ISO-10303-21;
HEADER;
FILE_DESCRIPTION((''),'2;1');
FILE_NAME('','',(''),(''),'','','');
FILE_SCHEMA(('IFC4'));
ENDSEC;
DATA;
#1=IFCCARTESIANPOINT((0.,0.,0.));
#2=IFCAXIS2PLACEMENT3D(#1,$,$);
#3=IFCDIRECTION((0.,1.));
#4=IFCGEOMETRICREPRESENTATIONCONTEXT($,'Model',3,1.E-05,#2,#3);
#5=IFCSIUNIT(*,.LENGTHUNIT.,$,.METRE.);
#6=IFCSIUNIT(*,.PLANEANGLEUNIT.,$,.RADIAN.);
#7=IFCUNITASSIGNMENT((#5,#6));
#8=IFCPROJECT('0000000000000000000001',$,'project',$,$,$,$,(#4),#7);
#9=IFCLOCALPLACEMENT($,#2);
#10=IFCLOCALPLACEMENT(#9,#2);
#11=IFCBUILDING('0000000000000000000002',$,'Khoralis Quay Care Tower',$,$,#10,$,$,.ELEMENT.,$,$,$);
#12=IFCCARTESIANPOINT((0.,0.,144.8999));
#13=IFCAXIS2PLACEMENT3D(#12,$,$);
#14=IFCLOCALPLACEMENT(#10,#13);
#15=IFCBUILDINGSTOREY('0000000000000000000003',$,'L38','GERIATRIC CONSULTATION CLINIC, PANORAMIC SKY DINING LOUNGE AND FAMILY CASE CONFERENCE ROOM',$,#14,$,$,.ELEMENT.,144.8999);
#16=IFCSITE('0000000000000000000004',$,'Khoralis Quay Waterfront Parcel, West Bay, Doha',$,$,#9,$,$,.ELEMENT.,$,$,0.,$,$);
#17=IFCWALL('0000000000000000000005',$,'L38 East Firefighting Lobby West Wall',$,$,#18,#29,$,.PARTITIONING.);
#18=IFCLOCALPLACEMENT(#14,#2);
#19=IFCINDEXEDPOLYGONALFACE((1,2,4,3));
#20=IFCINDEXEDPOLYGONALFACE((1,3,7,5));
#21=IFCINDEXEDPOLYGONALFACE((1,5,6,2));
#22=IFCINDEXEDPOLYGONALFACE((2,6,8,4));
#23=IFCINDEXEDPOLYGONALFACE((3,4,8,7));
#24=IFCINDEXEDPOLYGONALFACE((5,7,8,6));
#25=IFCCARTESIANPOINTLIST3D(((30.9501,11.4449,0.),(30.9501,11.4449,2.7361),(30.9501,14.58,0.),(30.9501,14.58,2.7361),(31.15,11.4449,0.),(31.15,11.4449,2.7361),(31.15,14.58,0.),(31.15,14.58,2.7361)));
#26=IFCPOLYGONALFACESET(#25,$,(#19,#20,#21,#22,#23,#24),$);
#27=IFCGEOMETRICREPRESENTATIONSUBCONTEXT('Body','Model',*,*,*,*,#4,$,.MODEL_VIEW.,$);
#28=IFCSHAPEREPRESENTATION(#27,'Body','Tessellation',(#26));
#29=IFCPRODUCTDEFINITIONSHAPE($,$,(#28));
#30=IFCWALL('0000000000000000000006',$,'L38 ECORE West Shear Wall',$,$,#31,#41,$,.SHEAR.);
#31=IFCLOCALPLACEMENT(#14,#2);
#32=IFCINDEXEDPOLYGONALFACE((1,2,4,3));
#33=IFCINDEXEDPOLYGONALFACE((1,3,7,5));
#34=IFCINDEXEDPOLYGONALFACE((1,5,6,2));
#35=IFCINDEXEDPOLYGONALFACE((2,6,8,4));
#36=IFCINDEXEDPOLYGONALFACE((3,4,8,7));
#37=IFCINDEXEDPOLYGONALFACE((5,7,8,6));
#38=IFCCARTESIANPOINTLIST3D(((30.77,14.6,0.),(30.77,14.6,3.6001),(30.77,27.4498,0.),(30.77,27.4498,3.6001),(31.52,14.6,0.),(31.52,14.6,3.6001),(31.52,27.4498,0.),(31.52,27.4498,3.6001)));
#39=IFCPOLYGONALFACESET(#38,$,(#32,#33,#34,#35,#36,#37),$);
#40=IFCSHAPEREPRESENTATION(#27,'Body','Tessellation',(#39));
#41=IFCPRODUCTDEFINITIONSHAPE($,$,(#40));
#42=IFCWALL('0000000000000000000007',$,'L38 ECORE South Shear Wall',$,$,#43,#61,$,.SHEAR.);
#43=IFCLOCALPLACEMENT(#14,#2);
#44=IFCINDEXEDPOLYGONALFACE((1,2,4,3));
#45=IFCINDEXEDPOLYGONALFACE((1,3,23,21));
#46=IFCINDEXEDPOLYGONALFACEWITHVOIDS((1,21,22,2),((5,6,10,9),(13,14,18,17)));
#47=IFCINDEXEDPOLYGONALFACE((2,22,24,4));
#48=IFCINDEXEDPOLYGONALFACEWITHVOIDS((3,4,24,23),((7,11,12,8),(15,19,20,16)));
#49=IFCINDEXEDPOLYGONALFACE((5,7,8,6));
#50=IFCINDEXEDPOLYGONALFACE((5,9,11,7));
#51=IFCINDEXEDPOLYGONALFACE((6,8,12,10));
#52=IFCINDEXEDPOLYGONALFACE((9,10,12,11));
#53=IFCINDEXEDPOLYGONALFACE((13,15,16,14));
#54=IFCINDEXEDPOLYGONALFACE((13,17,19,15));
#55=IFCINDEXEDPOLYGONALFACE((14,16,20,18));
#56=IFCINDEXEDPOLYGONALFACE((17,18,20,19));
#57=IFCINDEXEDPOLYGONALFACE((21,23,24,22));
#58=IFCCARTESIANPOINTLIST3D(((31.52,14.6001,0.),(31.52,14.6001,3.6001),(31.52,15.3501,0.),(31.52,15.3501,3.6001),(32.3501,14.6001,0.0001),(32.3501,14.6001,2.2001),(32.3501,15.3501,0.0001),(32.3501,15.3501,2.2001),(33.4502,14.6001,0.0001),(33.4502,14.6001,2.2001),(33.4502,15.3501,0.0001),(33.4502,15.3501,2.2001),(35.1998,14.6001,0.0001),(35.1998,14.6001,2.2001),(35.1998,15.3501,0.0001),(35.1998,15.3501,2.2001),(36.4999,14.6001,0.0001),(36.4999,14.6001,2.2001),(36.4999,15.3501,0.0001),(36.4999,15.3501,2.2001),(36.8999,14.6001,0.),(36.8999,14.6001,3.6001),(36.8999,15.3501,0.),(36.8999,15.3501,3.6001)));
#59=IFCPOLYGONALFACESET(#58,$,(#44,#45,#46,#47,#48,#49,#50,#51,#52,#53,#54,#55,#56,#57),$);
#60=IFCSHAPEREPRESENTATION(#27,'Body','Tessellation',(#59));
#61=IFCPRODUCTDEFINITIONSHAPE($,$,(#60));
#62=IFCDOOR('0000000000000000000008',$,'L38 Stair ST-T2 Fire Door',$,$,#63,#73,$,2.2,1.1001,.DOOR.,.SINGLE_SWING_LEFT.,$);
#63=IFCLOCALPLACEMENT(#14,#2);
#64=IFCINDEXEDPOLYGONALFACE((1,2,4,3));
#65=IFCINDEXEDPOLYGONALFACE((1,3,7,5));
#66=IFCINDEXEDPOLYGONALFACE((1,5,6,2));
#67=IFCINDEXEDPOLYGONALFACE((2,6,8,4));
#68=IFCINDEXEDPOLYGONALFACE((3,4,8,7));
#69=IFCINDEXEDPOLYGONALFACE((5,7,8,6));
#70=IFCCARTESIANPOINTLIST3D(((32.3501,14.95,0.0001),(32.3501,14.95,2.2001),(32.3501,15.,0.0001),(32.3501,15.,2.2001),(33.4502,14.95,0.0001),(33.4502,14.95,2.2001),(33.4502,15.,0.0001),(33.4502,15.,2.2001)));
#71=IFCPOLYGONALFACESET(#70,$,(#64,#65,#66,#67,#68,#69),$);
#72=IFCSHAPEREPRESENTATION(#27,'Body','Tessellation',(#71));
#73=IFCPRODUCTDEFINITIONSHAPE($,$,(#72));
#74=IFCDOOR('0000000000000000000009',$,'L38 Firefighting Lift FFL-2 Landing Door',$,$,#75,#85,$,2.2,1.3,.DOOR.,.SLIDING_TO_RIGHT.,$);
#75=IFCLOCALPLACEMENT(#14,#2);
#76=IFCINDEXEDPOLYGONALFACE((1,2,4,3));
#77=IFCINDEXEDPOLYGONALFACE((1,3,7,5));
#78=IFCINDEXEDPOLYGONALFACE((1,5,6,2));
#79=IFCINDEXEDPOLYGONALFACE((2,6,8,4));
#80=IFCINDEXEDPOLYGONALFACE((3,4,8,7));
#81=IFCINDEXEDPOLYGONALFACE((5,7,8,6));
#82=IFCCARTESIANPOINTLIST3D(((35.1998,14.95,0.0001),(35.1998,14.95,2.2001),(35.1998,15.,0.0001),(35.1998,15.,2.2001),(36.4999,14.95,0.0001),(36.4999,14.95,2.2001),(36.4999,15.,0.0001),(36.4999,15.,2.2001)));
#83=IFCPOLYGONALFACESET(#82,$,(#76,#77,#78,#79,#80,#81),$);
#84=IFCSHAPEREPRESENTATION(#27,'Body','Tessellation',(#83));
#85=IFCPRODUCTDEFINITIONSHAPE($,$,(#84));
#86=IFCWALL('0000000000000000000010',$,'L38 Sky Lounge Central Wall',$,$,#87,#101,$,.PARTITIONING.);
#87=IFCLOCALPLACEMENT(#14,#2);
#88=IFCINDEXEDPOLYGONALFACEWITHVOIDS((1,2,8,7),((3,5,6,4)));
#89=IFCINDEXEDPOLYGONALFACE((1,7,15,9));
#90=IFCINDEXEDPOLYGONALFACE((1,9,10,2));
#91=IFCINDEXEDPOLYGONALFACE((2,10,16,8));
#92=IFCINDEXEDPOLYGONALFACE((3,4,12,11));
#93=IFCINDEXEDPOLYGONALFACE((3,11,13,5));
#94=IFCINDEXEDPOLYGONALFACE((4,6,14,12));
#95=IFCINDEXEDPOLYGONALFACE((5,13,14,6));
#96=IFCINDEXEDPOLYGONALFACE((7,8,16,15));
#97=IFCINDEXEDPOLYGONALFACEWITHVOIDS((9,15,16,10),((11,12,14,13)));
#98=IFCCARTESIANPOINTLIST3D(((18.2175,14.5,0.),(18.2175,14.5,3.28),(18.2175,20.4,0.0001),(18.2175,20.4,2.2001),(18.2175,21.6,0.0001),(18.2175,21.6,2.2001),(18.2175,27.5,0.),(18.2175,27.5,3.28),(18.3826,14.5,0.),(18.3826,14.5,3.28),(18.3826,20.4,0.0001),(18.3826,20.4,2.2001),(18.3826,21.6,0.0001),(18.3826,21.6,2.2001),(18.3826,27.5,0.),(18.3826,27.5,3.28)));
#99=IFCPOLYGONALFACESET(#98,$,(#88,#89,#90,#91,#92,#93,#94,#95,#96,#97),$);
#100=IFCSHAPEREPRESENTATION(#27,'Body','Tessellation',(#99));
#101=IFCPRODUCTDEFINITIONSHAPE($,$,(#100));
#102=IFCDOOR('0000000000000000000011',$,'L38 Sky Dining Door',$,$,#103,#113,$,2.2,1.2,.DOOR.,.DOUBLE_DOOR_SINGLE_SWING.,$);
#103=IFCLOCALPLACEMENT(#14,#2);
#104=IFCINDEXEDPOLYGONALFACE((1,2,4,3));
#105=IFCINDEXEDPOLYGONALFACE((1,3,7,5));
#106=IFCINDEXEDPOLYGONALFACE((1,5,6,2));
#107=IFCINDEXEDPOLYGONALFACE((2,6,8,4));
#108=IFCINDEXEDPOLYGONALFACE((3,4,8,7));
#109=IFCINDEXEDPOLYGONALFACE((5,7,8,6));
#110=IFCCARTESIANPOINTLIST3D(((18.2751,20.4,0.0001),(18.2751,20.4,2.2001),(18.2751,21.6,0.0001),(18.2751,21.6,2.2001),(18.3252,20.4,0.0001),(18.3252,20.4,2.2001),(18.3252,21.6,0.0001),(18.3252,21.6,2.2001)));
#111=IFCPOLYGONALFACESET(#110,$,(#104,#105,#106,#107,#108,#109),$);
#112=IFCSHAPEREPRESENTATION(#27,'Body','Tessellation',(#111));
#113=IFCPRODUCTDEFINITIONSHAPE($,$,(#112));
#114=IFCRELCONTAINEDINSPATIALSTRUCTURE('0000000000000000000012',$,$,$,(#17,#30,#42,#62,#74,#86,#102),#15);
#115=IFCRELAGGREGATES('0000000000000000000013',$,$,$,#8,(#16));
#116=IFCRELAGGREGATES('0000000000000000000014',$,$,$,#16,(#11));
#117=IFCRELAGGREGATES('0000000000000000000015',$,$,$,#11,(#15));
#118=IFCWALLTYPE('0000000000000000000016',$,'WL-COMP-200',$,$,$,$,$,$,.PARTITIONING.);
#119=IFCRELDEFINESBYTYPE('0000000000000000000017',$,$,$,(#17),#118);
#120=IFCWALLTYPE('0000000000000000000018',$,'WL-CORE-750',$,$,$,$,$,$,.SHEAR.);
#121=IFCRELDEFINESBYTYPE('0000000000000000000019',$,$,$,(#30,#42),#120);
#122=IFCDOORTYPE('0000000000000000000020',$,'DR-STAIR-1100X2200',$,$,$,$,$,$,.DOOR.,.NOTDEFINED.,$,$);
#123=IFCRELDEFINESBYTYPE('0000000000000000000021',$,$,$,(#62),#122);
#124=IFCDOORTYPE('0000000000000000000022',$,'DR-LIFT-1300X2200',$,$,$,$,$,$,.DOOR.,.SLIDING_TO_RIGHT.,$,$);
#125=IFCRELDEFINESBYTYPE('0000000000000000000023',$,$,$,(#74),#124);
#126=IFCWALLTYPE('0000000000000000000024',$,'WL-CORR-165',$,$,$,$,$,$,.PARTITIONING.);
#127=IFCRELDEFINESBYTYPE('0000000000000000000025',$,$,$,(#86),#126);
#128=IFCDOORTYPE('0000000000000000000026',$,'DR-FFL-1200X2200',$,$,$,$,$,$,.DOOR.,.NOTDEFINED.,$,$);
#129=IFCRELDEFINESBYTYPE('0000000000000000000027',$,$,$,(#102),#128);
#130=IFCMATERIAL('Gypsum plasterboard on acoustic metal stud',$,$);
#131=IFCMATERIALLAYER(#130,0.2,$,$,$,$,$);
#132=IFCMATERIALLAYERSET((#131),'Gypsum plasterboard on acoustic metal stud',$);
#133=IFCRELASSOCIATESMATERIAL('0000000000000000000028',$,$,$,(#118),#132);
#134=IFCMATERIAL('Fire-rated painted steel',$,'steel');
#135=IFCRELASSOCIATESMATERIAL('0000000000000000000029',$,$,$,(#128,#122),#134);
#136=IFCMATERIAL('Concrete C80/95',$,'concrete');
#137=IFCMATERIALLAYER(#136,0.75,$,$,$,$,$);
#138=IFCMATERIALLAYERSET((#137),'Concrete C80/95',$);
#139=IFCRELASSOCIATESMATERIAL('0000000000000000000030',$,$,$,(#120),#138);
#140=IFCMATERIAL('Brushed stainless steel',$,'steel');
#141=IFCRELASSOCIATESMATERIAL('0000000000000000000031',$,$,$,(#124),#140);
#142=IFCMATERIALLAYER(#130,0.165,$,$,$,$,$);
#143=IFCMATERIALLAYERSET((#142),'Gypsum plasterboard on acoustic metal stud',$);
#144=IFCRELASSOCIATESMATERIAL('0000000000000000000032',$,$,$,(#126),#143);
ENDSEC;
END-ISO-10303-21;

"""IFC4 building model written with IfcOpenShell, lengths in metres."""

from ifc_helpers import new_model, si_unit, direction, frame, frame_2d, origin, place, context, subcontext, project, spatial, rectangle, extrude, source, transform, mapped, material, layer, layer_set, type_object, element, fill, save


model = new_model("IFC4")

# Units and contexts
model_context = context("Model", 3, precision=1e-05, world=origin(), true_north=direction((0.0, 1.0)))
body_context = subcontext(model_context, "Body", "Model", "MODEL_VIEW")
ifc_project = project(units=[si_unit("LENGTHUNIT", "METRE"), si_unit("PLANEANGLEUNIT", "RADIAN")], contexts=[model_context])

# Site, building, storey
site_placement = place(None, origin())
site = spatial("IfcSite", under=ifc_project, at=site_placement, Name="Khoralis Quay Waterfront Parcel, West Bay, Doha", CompositionType="ELEMENT", RefElevation=0.0)
building_placement = place(site_placement, origin())
building = spatial("IfcBuilding", under=site, at=building_placement, Name="Khoralis Quay Care Tower", CompositionType="ELEMENT")
storey_placement = place(building_placement, frame((0.0, 0.0, 144.8999)))
storey = spatial("IfcBuildingStorey", under=building, at=storey_placement, Name="L38", Description="GERIATRIC CONSULTATION CLINIC, PANORAMIC SKY DINING LOUNGE AND FAMILY CASE CONFERENCE ROOM", CompositionType="ELEMENT", Elevation=144.8999)

# Shared definitions
ifc_material_1 = material(Name="Gypsum plasterboard on acoustic metal stud")
ifc_layer_1 = layer(ifc_material_1, 0.2)
ifc_layer_set_1 = layer_set([ifc_layer_1], Name="Gypsum plasterboard on acoustic metal stud")
wall_type_1 = type_object("IfcWallType", Name="WL-COMP-200", PredefinedType="PARTITIONING", material=ifc_layer_set_1)
ifc_material_2 = material(Name="Fire-rated painted steel", Category="steel")
door_type_1 = type_object("IfcDoorType", Name="DR-FFL-1200X2200", OperationType="NOTDEFINED", PredefinedType="DOOR", material=ifc_material_2)
shared_shape_1 = source(origin(), body_context, "Body", "SweptSolid", [
    extrude(rectangle(XDim=1.2, YDim=2.2, at=frame_2d((0.6001, 1.1001))), frame((0.0, 0.0249, 0.0), z_axis=(0.0, -1.0, 0.0), x_axis=(1.0, 0.0, 0.0)), (0.0, 0.0, 1.0), 0.05),
])

# Walls
wall_1_placement = place(storey_placement, frame((31.05, 11.4451, 0.0), z_axis=(0.0, 0.0, 1.0), x_axis=(0.0, 1.0, 0.0)))
element("IfcWall", 1, at=wall_1_placement, inside=storey, type_object=wall_type_1, Name="L38 East Firefighting Lobby West Wall", PredefinedType="PARTITIONING", context=body_context, shape_type="SweptSolid", body=[
    extrude(rectangle(XDim=3.135, YDim=0.2, at=frame_2d((1.5674, 0.0))), origin(), (0.0, 0.0, 1.0), 2.7361),
])
ifc_material_3 = material(Name="Concrete C80/95", Category="concrete")
ifc_layer_2 = layer(ifc_material_3, 0.75)
ifc_layer_set_2 = layer_set([ifc_layer_2], Name="Concrete C80/95")
wall_type_2 = type_object("IfcWallType", Name="WL-CORE-750", PredefinedType="SHEAR", material=ifc_layer_set_2)
wall_2_placement = place(storey_placement, frame((31.145, 14.6001, 0.0), z_axis=(0.0, 0.0, 1.0), x_axis=(0.0, 1.0, 0.0)))
element("IfcWall", 2, at=wall_2_placement, inside=storey, type_object=wall_type_2, Name="L38 ECORE West Shear Wall", PredefinedType="SHEAR", context=body_context, shape_type="SweptSolid", body=[
    extrude(rectangle(XDim=12.8499, YDim=0.75, at=frame_2d((6.4248, 0.0))), origin(), (0.0, 0.0, 1.0), 3.6001),
])

# Wall, openings, doors
wall_3_placement = place(storey_placement, frame((31.52, 14.9751, 0.0), z_axis=(0.0, 0.0, 1.0), x_axis=(1.0, 0.0, 0.0)))
wall_3 = element("IfcWall", 3, at=wall_3_placement, inside=storey, type_object=wall_type_2, Name="L38 ECORE South Shear Wall", PredefinedType="SHEAR", context=body_context, shape_type="SweptSolid", body=[
    extrude(rectangle(XDim=5.3799, YDim=0.75, at=frame_2d((2.6899, 0.0))), origin(), (0.0, 0.0, 1.0), 3.6001),
])
opening_1_placement = place(wall_3_placement, frame((0.8301, 0.0, 0.0)))
opening_1 = element("IfcOpeningElement", 4, at=opening_1_placement, cuts=wall_3, PredefinedType="OPENING", context=body_context, shape_type="SweptSolid", body=[
    extrude(rectangle(XDim=1.1001, YDim=2.2, at=frame_2d((0.55, 1.1001))), frame((0.0, 0.385, 0.0), z_axis=(0.0, -1.0, 0.0), x_axis=(1.0, 0.0, 0.0)), (0.0, 0.0, 1.0), 0.77),
])
opening_2_placement = place(wall_3_placement, frame((3.6799, 0.0, 0.0)))
opening_2 = element("IfcOpeningElement", 5, at=opening_2_placement, cuts=wall_3, PredefinedType="OPENING", context=body_context, shape_type="SweptSolid", body=[
    extrude(rectangle(XDim=1.3, YDim=2.2, at=frame_2d((0.6499, 1.1001))), frame((0.0, 0.385, 0.0), z_axis=(0.0, -1.0, 0.0), x_axis=(1.0, 0.0, 0.0)), (0.0, 0.0, 1.0), 0.77),
])
door_type_2 = type_object("IfcDoorType", Name="DR-STAIR-1100X2200", OperationType="NOTDEFINED", PredefinedType="DOOR", material=ifc_material_2)
shared_shape_2 = source(origin(), body_context, "Body", "SweptSolid", [
    extrude(rectangle(XDim=1.1001, YDim=2.2, at=frame_2d((0.55, 1.1001))), frame((0.0, 0.0249, 0.0), z_axis=(0.0, -1.0, 0.0), x_axis=(1.0, 0.0, 0.0)), (0.0, 0.0, 1.0), 0.05),
])
door_1_placement = place(opening_1_placement, origin())
door_1 = element("IfcDoor", 6, at=door_1_placement, inside=storey, type_object=door_type_2, Name="L38 Stair ST-T2 Fire Door", OperationType="SINGLE_SWING_LEFT", OverallHeight=2.2, OverallWidth=1.1001, PredefinedType="DOOR", context=body_context, shape_type="MappedRepresentation", body=[
    mapped(shared_shape_2, transform((0.0, 0.0, 0.0), scale=1.0)),
])
fill(opening_1, door_1)
ifc_material_4 = material(Name="Brushed stainless steel", Category="steel")
door_type_3 = type_object("IfcDoorType", Name="DR-LIFT-1300X2200", OperationType="SLIDING_TO_RIGHT", PredefinedType="DOOR", material=ifc_material_4)
shared_shape_3 = source(origin(), body_context, "Body", "SweptSolid", [
    extrude(rectangle(XDim=1.3, YDim=2.2, at=frame_2d((0.6499, 1.1001))), frame((0.0, 0.0249, 0.0), z_axis=(0.0, -1.0, 0.0), x_axis=(1.0, 0.0, 0.0)), (0.0, 0.0, 1.0), 0.05),
])
door_2_placement = place(opening_2_placement, origin())
door_2 = element("IfcDoor", 7, at=door_2_placement, inside=storey, type_object=door_type_3, Name="L38 Firefighting Lift FFL-2 Landing Door", OperationType="SLIDING_TO_RIGHT", OverallHeight=2.2, OverallWidth=1.3, PredefinedType="DOOR", context=body_context, shape_type="MappedRepresentation", body=[
    mapped(shared_shape_3, transform((0.0, 0.0, 0.0), scale=1.0)),
])
fill(opening_2, door_2)

# Wall, opening, door
ifc_layer_3 = layer(ifc_material_1, 0.165)
ifc_layer_set_3 = layer_set([ifc_layer_3], Name="Gypsum plasterboard on acoustic metal stud")
wall_type_3 = type_object("IfcWallType", Name="WL-CORR-165", PredefinedType="PARTITIONING", material=ifc_layer_set_3)
wall_4_placement = place(storey_placement, frame((18.3, 14.5, 0.0), z_axis=(0.0, 0.0, 1.0), x_axis=(0.0, 1.0, 0.0)))
wall_4 = element("IfcWall", 8, at=wall_4_placement, inside=storey, type_object=wall_type_3, Name="L38 Sky Lounge Central Wall", PredefinedType="PARTITIONING", context=body_context, shape_type="SweptSolid", body=[
    extrude(rectangle(XDim=13.0, YDim=0.165, at=frame_2d((6.5, 0.0))), origin(), (0.0, 0.0, 1.0), 3.28),
])
opening_3_placement = place(wall_4_placement, frame((5.8999, 0.0, 0.0)))
opening_3 = element("IfcOpeningElement", 9, at=opening_3_placement, cuts=wall_4, PredefinedType="OPENING", context=body_context, shape_type="SweptSolid", body=[
    extrude(rectangle(XDim=1.2, YDim=2.2, at=frame_2d((0.6001, 1.1001))), frame((0.0, 0.0925, 0.0), z_axis=(0.0, -1.0, 0.0), x_axis=(1.0, 0.0, 0.0)), (0.0, 0.0, 1.0), 0.1851),
])
door_3_placement = place(opening_3_placement, origin())
door_3 = element("IfcDoor", 10, at=door_3_placement, inside=storey, type_object=door_type_1, Name="L38 Sky Dining Door", OperationType="DOUBLE_DOOR_SINGLE_SWING", OverallHeight=2.2, OverallWidth=1.2, PredefinedType="DOOR", context=body_context, shape_type="MappedRepresentation", body=[
    mapped(shared_shape_1, transform((0.0, 0.0, 0.0), scale=1.0)),
])
fill(opening_3, door_3)

save(model, "model.ifc")
